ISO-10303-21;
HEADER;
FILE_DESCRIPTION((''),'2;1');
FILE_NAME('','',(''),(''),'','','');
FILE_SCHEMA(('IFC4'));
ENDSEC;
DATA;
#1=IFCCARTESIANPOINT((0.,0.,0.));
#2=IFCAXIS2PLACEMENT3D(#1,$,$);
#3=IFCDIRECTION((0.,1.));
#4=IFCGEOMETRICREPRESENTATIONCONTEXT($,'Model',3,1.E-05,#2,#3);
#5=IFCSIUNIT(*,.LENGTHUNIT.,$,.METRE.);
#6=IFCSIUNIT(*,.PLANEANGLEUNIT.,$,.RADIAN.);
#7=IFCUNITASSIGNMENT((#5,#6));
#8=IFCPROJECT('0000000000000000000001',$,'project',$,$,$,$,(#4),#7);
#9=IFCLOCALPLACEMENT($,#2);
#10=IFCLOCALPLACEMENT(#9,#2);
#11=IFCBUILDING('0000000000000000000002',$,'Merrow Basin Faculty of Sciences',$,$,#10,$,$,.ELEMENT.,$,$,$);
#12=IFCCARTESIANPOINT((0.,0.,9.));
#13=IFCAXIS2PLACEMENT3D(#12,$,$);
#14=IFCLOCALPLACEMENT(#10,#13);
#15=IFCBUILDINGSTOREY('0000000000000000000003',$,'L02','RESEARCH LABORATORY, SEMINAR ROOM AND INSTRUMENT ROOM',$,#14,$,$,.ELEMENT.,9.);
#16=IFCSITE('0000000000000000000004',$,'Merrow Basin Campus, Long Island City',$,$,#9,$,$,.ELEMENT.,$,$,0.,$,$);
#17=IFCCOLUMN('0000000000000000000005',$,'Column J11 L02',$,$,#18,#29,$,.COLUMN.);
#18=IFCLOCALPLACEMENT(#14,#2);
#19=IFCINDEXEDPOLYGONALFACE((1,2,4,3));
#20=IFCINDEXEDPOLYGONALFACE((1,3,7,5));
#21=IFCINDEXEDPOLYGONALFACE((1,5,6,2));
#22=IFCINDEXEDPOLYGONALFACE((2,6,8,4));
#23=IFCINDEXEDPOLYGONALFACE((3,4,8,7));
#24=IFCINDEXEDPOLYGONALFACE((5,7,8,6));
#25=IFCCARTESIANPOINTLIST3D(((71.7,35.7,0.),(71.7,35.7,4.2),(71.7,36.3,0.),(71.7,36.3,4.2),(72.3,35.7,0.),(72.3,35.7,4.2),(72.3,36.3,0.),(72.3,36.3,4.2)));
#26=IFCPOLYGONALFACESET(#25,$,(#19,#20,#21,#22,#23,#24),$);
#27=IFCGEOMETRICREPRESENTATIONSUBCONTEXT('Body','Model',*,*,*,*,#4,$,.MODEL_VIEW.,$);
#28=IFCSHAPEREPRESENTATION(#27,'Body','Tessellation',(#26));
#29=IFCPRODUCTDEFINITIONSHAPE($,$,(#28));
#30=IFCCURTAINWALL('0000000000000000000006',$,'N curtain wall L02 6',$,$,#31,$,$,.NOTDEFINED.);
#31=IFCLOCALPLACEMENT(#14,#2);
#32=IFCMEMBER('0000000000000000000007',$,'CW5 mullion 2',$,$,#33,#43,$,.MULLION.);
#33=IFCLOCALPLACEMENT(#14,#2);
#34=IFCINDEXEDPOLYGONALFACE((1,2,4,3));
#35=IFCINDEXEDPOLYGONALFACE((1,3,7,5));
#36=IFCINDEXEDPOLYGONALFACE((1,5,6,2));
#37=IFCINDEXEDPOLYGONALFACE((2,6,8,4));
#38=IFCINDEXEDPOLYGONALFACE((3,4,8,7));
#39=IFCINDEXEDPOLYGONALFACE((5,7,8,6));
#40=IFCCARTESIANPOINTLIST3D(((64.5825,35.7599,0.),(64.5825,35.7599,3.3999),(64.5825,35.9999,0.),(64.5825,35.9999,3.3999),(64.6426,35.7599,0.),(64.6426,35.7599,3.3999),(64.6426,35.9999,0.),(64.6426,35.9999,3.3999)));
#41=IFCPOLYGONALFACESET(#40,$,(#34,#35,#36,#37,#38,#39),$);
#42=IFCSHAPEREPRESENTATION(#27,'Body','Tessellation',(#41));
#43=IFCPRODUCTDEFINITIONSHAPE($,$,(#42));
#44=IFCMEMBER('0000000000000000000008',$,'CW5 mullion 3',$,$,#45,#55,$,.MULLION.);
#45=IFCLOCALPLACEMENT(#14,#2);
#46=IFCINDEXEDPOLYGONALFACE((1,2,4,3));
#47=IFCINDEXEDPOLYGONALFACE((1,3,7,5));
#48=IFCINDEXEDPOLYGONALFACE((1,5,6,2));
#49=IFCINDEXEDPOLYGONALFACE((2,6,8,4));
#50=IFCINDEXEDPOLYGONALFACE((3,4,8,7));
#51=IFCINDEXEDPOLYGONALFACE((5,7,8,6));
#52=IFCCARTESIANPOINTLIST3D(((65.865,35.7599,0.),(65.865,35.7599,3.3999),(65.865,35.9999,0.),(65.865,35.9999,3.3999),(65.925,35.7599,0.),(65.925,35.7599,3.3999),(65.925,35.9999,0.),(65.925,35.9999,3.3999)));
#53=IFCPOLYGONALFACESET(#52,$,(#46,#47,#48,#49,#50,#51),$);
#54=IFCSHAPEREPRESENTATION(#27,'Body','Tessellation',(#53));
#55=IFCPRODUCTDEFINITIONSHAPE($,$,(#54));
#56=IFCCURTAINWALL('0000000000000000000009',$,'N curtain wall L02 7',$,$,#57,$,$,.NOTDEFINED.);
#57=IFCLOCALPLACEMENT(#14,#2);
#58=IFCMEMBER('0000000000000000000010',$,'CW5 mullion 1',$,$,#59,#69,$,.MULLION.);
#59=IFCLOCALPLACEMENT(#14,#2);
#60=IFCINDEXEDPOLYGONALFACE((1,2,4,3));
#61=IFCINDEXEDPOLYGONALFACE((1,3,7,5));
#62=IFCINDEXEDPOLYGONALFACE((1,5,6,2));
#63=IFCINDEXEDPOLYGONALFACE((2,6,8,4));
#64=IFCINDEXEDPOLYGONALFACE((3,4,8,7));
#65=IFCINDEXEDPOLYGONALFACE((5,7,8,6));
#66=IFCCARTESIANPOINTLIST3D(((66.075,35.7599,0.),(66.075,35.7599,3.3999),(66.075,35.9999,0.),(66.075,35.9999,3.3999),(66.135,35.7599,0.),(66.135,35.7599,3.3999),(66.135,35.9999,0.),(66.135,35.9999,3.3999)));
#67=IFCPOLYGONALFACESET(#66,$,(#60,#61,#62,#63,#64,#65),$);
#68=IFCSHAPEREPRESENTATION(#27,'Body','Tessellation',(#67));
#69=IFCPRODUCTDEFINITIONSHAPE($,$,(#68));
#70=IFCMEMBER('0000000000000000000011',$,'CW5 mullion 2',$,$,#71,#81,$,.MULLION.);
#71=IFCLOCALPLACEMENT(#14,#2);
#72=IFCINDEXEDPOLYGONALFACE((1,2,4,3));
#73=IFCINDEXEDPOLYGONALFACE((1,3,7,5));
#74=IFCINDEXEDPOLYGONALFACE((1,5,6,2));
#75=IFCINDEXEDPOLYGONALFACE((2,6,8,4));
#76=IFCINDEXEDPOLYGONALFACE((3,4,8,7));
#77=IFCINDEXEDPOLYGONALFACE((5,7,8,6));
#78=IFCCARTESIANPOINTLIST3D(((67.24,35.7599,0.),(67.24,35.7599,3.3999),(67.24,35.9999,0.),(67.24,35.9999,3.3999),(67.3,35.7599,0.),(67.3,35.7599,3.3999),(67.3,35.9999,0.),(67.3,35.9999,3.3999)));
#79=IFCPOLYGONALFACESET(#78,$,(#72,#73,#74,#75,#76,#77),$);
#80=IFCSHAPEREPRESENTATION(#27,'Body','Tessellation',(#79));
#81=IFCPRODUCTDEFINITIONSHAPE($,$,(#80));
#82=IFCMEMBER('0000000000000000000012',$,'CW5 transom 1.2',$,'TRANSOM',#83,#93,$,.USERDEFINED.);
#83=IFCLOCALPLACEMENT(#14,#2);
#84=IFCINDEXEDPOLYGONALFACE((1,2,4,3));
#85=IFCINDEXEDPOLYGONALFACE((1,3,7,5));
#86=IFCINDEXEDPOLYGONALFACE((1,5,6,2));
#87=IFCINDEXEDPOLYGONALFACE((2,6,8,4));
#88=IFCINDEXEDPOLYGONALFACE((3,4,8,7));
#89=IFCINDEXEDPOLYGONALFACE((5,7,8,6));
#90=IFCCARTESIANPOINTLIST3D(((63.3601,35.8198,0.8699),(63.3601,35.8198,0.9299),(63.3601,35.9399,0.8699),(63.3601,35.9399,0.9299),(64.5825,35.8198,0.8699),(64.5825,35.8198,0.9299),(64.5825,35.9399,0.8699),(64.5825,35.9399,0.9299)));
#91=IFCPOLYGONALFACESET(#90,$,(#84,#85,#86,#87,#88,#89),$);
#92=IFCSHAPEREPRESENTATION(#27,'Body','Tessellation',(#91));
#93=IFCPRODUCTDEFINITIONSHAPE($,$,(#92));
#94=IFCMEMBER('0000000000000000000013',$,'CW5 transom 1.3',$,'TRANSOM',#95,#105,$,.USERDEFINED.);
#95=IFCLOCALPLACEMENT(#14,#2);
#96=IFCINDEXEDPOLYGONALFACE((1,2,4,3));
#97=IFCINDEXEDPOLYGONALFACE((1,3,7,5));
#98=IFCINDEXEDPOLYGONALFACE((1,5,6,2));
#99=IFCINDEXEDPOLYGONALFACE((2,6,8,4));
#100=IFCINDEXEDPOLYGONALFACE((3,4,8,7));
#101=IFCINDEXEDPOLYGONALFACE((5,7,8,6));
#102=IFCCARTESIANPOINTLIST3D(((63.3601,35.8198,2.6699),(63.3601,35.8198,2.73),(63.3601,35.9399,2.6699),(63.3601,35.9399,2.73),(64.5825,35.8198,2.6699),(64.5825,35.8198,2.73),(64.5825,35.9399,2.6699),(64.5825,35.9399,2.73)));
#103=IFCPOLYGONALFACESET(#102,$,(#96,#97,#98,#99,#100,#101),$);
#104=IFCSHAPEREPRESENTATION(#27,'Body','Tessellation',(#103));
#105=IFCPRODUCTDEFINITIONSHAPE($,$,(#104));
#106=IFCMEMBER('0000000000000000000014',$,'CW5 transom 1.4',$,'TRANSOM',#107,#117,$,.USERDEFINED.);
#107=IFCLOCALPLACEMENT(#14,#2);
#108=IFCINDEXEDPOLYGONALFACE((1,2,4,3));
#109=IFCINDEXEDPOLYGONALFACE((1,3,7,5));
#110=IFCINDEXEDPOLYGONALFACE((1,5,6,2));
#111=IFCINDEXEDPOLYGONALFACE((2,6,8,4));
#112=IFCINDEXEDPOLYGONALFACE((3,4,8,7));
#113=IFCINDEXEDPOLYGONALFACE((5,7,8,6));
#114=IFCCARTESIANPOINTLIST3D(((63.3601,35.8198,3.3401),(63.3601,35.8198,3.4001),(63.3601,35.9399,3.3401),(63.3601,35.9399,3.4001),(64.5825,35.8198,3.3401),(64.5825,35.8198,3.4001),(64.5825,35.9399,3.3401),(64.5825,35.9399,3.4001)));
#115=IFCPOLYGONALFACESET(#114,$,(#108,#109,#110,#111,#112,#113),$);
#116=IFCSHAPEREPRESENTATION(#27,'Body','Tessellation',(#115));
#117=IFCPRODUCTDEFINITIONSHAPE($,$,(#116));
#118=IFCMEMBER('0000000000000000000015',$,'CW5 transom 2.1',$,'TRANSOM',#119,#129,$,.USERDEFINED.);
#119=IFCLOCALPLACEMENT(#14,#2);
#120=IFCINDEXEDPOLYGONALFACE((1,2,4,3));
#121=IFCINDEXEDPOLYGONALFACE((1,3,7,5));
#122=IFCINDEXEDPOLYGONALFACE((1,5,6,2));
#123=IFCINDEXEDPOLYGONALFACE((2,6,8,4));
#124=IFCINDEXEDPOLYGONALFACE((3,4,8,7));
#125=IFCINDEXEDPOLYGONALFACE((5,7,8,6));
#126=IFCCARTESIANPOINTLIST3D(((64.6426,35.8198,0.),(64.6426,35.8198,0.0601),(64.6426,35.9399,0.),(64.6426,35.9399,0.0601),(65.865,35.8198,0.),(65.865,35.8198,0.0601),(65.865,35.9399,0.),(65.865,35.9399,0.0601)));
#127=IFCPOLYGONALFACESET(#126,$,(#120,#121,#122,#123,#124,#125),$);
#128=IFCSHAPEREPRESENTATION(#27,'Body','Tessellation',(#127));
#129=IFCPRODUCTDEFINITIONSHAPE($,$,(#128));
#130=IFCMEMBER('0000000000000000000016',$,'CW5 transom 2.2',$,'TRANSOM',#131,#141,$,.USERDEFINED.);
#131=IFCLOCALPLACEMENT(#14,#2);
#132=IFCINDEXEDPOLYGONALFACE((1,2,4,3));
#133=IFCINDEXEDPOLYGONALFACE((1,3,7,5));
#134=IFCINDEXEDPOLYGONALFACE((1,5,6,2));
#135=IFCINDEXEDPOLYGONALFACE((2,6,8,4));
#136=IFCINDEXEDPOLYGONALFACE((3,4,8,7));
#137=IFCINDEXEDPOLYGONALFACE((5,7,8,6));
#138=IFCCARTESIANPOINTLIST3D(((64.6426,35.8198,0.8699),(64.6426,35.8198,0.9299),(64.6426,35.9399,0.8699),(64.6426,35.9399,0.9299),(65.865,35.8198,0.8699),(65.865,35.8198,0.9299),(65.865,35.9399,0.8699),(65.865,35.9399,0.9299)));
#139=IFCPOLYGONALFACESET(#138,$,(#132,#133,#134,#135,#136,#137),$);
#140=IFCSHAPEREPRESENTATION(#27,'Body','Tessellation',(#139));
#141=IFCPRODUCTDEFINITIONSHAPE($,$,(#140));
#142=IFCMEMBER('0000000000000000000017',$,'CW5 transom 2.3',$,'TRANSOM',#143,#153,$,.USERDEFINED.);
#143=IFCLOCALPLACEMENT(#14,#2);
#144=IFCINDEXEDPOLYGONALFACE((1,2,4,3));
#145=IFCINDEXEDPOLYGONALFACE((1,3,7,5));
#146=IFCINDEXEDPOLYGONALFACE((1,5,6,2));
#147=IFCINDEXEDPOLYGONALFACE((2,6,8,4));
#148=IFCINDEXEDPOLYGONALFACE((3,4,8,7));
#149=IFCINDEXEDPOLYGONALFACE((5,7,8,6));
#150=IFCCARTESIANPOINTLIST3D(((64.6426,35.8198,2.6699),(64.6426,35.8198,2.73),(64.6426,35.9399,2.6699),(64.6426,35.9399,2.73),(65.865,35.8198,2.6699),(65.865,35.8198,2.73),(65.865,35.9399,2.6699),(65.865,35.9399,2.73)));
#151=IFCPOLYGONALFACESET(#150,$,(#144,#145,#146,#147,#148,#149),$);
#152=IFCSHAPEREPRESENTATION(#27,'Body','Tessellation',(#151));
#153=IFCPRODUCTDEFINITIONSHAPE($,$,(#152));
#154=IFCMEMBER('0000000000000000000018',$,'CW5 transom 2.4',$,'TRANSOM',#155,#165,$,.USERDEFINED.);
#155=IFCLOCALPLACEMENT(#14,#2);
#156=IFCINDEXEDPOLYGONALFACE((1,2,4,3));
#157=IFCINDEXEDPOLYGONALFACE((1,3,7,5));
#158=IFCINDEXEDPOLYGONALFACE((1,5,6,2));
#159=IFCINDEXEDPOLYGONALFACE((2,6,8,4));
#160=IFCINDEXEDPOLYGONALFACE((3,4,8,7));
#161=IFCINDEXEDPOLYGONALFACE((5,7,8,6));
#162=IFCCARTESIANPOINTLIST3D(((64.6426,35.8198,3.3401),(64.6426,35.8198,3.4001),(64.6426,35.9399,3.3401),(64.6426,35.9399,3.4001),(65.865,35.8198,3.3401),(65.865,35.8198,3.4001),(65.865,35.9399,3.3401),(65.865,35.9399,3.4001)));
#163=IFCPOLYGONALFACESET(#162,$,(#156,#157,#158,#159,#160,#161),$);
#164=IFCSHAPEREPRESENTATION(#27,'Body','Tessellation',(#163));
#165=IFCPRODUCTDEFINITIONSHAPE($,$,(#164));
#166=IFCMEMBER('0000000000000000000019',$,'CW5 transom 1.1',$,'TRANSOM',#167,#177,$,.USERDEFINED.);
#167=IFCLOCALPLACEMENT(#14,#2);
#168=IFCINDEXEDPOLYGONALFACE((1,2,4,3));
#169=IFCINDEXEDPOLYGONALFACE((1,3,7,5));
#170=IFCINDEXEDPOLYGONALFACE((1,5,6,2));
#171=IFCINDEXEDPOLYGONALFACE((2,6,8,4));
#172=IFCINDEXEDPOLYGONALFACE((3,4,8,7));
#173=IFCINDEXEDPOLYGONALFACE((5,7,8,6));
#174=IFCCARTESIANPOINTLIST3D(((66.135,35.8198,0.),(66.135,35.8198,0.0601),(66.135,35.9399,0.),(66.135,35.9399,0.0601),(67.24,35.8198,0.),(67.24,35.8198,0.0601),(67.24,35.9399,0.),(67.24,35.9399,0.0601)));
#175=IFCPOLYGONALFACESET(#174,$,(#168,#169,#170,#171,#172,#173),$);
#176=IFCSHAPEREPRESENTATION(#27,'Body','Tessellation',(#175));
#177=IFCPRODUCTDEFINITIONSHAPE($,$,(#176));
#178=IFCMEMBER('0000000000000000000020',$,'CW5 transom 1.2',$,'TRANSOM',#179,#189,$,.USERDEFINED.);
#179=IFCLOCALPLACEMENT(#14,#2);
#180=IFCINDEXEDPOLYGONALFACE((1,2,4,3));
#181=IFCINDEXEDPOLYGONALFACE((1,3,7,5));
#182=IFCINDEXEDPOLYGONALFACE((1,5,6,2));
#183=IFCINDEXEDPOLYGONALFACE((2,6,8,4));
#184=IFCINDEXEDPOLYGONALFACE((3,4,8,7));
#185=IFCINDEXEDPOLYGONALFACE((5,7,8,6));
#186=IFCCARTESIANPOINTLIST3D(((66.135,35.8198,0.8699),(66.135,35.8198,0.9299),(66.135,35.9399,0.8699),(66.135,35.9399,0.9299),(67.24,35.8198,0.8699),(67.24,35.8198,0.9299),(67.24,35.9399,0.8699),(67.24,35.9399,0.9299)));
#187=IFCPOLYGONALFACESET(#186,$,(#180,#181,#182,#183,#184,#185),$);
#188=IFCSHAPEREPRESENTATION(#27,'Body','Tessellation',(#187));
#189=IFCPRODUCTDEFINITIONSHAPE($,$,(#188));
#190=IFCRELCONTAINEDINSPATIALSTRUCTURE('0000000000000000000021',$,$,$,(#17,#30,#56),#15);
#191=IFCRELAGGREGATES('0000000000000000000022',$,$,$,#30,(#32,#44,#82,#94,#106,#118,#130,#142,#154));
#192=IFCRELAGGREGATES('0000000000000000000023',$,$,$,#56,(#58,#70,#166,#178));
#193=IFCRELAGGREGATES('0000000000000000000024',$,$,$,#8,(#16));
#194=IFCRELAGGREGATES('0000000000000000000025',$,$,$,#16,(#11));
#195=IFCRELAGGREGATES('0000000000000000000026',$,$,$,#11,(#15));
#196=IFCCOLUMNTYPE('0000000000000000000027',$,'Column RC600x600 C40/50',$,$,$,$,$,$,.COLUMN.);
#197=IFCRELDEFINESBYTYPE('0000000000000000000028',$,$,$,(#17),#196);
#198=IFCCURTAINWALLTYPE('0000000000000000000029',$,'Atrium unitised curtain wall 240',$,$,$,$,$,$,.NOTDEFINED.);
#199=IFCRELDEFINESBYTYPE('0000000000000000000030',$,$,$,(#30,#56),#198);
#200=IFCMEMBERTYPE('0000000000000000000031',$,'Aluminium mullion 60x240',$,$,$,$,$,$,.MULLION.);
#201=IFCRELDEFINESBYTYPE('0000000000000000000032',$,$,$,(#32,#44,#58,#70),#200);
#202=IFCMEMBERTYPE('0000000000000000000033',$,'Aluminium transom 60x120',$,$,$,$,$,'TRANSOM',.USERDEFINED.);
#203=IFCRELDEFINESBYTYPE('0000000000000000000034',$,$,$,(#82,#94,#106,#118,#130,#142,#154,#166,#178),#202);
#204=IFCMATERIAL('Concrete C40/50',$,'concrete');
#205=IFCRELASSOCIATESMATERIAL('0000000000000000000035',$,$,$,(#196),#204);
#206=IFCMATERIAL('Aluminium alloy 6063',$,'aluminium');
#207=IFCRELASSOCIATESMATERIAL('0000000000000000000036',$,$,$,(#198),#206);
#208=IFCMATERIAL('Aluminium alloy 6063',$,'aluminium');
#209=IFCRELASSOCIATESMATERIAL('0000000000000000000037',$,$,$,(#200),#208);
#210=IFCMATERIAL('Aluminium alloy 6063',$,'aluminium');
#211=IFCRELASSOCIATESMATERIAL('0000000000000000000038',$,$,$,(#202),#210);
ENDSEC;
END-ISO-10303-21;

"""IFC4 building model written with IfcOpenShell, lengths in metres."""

from ifc_helpers import new_model, si_unit, direction, frame, origin, origin_2d, place, context, subcontext, project, spatial, rectangle, extrude, material, material_profile, profile_set, type_object, element, aggregate, save


model = new_model("IFC4")

# Units and contexts
model_context = context("Model", 3, precision=1e-05, world=origin(), true_north=direction((0.0, 1.0)))
body_context = subcontext(model_context, "Body", "Model", "MODEL_VIEW")
ifc_project = project(units=[si_unit("LENGTHUNIT", "METRE"), si_unit("PLANEANGLEUNIT", "RADIAN")], contexts=[model_context])

# Site, building, storey
site_placement = place(None, origin())
site = spatial("IfcSite", under=ifc_project, at=site_placement, Name="Merrow Basin Campus, Long Island City", CompositionType="ELEMENT", RefElevation=0.0)
building_placement = place(site_placement, origin())
building = spatial("IfcBuilding", under=site, at=building_placement, Name="Merrow Basin Faculty of Sciences", CompositionType="ELEMENT")
storey_placement = place(building_placement, frame((0.0, 0.0, 9.0)))
storey = spatial("IfcBuildingStorey", under=building, at=storey_placement, Name="L02", Description="RESEARCH LABORATORY, SEMINAR ROOM AND INSTRUMENT ROOM", CompositionType="ELEMENT", Elevation=9.0)

# Column
ifc_material_1 = material(Name="Concrete C40/50", Category="concrete")
ifc_material_profile_1 = material_profile(ifc_material_1, rectangle(XDim=0.6001, YDim=0.6001, at=origin_2d()))
ifc_profile_set_1 = profile_set([ifc_material_profile_1], Name="Concrete C40/50")
column_type = type_object("IfcColumnType", Name="Column RC600x600 C40/50", PredefinedType="COLUMN", material=ifc_profile_set_1)
column_placement = place(storey_placement, frame((72.0, 36.0, 0.0), z_axis=(0.0, 0.0, 1.0), x_axis=(1.0, 0.0, 0.0)))
element("IfcColumn", 1, at=column_placement, inside=storey, type_object=column_type, Name="Column J11 L02", PredefinedType="COLUMN", context=body_context, shape_type="SweptSolid", body=[
    extrude(rectangle(XDim=0.6001, YDim=0.6001, at=origin_2d()), origin(), (0.0, 0.0, 1.0), 4.2),
])

# Curtain walls, members
ifc_material_2 = material(Name="Aluminium alloy 6063", Category="aluminium")
curtain_wall_type = type_object("IfcCurtainWallType", Name="Atrium unitised curtain wall 240", PredefinedType="NOTDEFINED", material=ifc_material_2)
curtain_wall_1_placement = place(storey_placement, origin())
curtain_wall_1 = element("IfcCurtainWall", 2, at=curtain_wall_1_placement, inside=storey, type_object=curtain_wall_type, Name="N curtain wall L02 6", PredefinedType="NOTDEFINED")
ifc_material_3 = material(Name="Aluminium alloy 6063", Category="aluminium")
ifc_material_profile_2 = material_profile(ifc_material_3, rectangle(XDim=0.24, YDim=0.0601, at=origin_2d()))
ifc_profile_set_2 = profile_set([ifc_material_profile_2], Name="Aluminium alloy 6063")
member_type_1 = type_object("IfcMemberType", Name="Aluminium mullion 60x240", PredefinedType="MULLION", material=ifc_profile_set_2)
member_1_placement = place(storey_placement, frame((64.6125, 35.8799, 0.0), z_axis=(0.0, 0.0, 1.0), x_axis=(0.0, 1.0, 0.0)))
member_1 = element("IfcMember", 3, at=member_1_placement, type_object=member_type_1, Name="CW5 mullion 2", PredefinedType="MULLION", context=body_context, shape_type="SweptSolid", body=[
    extrude(rectangle(XDim=0.24, YDim=0.0601, at=origin_2d()), origin(), (0.0, 0.0, 1.0), 3.3999),
])
member_2_placement = place(storey_placement, frame((65.895, 35.8799, 0.0), z_axis=(0.0, 0.0, 1.0), x_axis=(0.0, 1.0, 0.0)))
member_2 = element("IfcMember", 4, at=member_2_placement, type_object=member_type_1, Name="CW5 mullion 3", PredefinedType="MULLION", context=body_context, shape_type="SweptSolid", body=[
    extrude(rectangle(XDim=0.24, YDim=0.0601, at=origin_2d()), origin(), (0.0, 0.0, 1.0), 3.3999),
])
curtain_wall_2_placement = place(storey_placement, origin())
curtain_wall_2 = element("IfcCurtainWall", 5, at=curtain_wall_2_placement, inside=storey, type_object=curtain_wall_type, Name="N curtain wall L02 7", PredefinedType="NOTDEFINED")
member_3_placement = place(storey_placement, frame((66.105, 35.8799, 0.0), z_axis=(0.0, 0.0, 1.0), x_axis=(0.0, 1.0, 0.0)))
member_3 = element("IfcMember", 6, at=member_3_placement, type_object=member_type_1, Name="CW5 mullion 1", PredefinedType="MULLION", context=body_context, shape_type="SweptSolid", body=[
    extrude(rectangle(XDim=0.24, YDim=0.0601, at=origin_2d()), origin(), (0.0, 0.0, 1.0), 3.3999),
])
member_4_placement = place(storey_placement, frame((67.27, 35.8799, 0.0), z_axis=(0.0, 0.0, 1.0), x_axis=(0.0, 1.0, 0.0)))
member_4 = element("IfcMember", 7, at=member_4_placement, type_object=member_type_1, Name="CW5 mullion 2", PredefinedType="MULLION", context=body_context, shape_type="SweptSolid", body=[
    extrude(rectangle(XDim=0.24, YDim=0.0601, at=origin_2d()), origin(), (0.0, 0.0, 1.0), 3.3999),
])

# Members
ifc_material_4 = material(Name="Aluminium alloy 6063", Category="aluminium")
ifc_material_profile_3 = material_profile(ifc_material_4, rectangle(XDim=0.1201, YDim=0.0601, at=origin_2d()))
ifc_profile_set_3 = profile_set([ifc_material_profile_3], Name="Aluminium alloy 6063")
member_type_2 = type_object("IfcMemberType", Name="Aluminium transom 60x120", ElementType="TRANSOM", PredefinedType="USERDEFINED", material=ifc_profile_set_3)
member_5_placement = place(storey_placement, frame((63.3601, 35.8799, 0.8999), z_axis=(1.0, 0.0, 0.0), x_axis=(0.0, 1.0, 0.0)))
member_5 = element("IfcMember", 8, at=member_5_placement, type_object=member_type_2, Name="CW5 transom 1.2", ObjectType="TRANSOM", PredefinedType="USERDEFINED", context=body_context, shape_type="SweptSolid", body=[
    extrude(rectangle(XDim=0.1201, YDim=0.0601, at=origin_2d()), origin(), (0.0, 0.0, 1.0), 1.2224),
])
member_6_placement = place(storey_placement, frame((63.3601, 35.8799, 2.7), z_axis=(1.0, 0.0, 0.0), x_axis=(0.0, 1.0, 0.0)))
member_6 = element("IfcMember", 9, at=member_6_placement, type_object=member_type_2, Name="CW5 transom 1.3", ObjectType="TRANSOM", PredefinedType="USERDEFINED", context=body_context, shape_type="SweptSolid", body=[
    extrude(rectangle(XDim=0.1201, YDim=0.0601, at=origin_2d()), origin(), (0.0, 0.0, 1.0), 1.2224),
])
member_7_placement = place(storey_placement, frame((63.3601, 35.8799, 3.3701), z_axis=(1.0, 0.0, 0.0), x_axis=(0.0, 1.0, 0.0)))
member_7 = element("IfcMember", 10, at=member_7_placement, type_object=member_type_2, Name="CW5 transom 1.4", ObjectType="TRANSOM", PredefinedType="USERDEFINED", context=body_context, shape_type="SweptSolid", body=[
    extrude(rectangle(XDim=0.1201, YDim=0.0601, at=origin_2d()), origin(), (0.0, 0.0, 1.0), 1.2224),
])
member_8_placement = place(storey_placement, frame((64.6426, 35.8799, 0.03), z_axis=(1.0, 0.0, 0.0), x_axis=(0.0, 1.0, 0.0)))
member_8 = element("IfcMember", 11, at=member_8_placement, type_object=member_type_2, Name="CW5 transom 2.1", ObjectType="TRANSOM", PredefinedType="USERDEFINED", context=body_context, shape_type="SweptSolid", body=[
    extrude(rectangle(XDim=0.1201, YDim=0.0601, at=origin_2d()), origin(), (0.0, 0.0, 1.0), 1.2224),
])
member_9_placement = place(storey_placement, frame((64.6426, 35.8799, 0.8999), z_axis=(1.0, 0.0, 0.0), x_axis=(0.0, 1.0, 0.0)))
member_9 = element("IfcMember", 12, at=member_9_placement, type_object=member_type_2, Name="CW5 transom 2.2", ObjectType="TRANSOM", PredefinedType="USERDEFINED", context=body_context, shape_type="SweptSolid", body=[
    extrude(rectangle(XDim=0.1201, YDim=0.0601, at=origin_2d()), origin(), (0.0, 0.0, 1.0), 1.2224),
])
member_10_placement = place(storey_placement, frame((64.6426, 35.8799, 2.7), z_axis=(1.0, 0.0, 0.0), x_axis=(0.0, 1.0, 0.0)))
member_10 = element("IfcMember", 13, at=member_10_placement, type_object=member_type_2, Name="CW5 transom 2.3", ObjectType="TRANSOM", PredefinedType="USERDEFINED", context=body_context, shape_type="SweptSolid", body=[
    extrude(rectangle(XDim=0.1201, YDim=0.0601, at=origin_2d()), origin(), (0.0, 0.0, 1.0), 1.2224),
])
member_11_placement = place(storey_placement, frame((64.6426, 35.8799, 3.3701), z_axis=(1.0, 0.0, 0.0), x_axis=(0.0, 1.0, 0.0)))
member_11 = element("IfcMember", 14, at=member_11_placement, type_object=member_type_2, Name="CW5 transom 2.4", ObjectType="TRANSOM", PredefinedType="USERDEFINED", context=body_context, shape_type="SweptSolid", body=[
    extrude(rectangle(XDim=0.1201, YDim=0.0601, at=origin_2d()), origin(), (0.0, 0.0, 1.0), 1.2224),
])
member_12_placement = place(storey_placement, frame((66.135, 35.8799, 0.03), z_axis=(1.0, 0.0, 0.0), x_axis=(0.0, 1.0, 0.0)))
member_12 = element("IfcMember", 15, at=member_12_placement, type_object=member_type_2, Name="CW5 transom 1.1", ObjectType="TRANSOM", PredefinedType="USERDEFINED", context=body_context, shape_type="SweptSolid", body=[
    extrude(rectangle(XDim=0.1201, YDim=0.0601, at=origin_2d()), origin(), (0.0, 0.0, 1.0), 1.105),
])
member_13_placement = place(storey_placement, frame((66.135, 35.8799, 0.8999), z_axis=(1.0, 0.0, 0.0), x_axis=(0.0, 1.0, 0.0)))
member_13 = element("IfcMember", 16, at=member_13_placement, type_object=member_type_2, Name="CW5 transom 1.2", ObjectType="TRANSOM", PredefinedType="USERDEFINED", context=body_context, shape_type="SweptSolid", body=[
    extrude(rectangle(XDim=0.1201, YDim=0.0601, at=origin_2d()), origin(), (0.0, 0.0, 1.0), 1.105),
])

aggregate(curtain_wall_1, [member_1, member_2, member_5, member_6, member_7, member_8, member_9, member_10, member_11])
aggregate(curtain_wall_2, [member_3, member_4, member_12, member_13])

save(model, "model.ifc")
